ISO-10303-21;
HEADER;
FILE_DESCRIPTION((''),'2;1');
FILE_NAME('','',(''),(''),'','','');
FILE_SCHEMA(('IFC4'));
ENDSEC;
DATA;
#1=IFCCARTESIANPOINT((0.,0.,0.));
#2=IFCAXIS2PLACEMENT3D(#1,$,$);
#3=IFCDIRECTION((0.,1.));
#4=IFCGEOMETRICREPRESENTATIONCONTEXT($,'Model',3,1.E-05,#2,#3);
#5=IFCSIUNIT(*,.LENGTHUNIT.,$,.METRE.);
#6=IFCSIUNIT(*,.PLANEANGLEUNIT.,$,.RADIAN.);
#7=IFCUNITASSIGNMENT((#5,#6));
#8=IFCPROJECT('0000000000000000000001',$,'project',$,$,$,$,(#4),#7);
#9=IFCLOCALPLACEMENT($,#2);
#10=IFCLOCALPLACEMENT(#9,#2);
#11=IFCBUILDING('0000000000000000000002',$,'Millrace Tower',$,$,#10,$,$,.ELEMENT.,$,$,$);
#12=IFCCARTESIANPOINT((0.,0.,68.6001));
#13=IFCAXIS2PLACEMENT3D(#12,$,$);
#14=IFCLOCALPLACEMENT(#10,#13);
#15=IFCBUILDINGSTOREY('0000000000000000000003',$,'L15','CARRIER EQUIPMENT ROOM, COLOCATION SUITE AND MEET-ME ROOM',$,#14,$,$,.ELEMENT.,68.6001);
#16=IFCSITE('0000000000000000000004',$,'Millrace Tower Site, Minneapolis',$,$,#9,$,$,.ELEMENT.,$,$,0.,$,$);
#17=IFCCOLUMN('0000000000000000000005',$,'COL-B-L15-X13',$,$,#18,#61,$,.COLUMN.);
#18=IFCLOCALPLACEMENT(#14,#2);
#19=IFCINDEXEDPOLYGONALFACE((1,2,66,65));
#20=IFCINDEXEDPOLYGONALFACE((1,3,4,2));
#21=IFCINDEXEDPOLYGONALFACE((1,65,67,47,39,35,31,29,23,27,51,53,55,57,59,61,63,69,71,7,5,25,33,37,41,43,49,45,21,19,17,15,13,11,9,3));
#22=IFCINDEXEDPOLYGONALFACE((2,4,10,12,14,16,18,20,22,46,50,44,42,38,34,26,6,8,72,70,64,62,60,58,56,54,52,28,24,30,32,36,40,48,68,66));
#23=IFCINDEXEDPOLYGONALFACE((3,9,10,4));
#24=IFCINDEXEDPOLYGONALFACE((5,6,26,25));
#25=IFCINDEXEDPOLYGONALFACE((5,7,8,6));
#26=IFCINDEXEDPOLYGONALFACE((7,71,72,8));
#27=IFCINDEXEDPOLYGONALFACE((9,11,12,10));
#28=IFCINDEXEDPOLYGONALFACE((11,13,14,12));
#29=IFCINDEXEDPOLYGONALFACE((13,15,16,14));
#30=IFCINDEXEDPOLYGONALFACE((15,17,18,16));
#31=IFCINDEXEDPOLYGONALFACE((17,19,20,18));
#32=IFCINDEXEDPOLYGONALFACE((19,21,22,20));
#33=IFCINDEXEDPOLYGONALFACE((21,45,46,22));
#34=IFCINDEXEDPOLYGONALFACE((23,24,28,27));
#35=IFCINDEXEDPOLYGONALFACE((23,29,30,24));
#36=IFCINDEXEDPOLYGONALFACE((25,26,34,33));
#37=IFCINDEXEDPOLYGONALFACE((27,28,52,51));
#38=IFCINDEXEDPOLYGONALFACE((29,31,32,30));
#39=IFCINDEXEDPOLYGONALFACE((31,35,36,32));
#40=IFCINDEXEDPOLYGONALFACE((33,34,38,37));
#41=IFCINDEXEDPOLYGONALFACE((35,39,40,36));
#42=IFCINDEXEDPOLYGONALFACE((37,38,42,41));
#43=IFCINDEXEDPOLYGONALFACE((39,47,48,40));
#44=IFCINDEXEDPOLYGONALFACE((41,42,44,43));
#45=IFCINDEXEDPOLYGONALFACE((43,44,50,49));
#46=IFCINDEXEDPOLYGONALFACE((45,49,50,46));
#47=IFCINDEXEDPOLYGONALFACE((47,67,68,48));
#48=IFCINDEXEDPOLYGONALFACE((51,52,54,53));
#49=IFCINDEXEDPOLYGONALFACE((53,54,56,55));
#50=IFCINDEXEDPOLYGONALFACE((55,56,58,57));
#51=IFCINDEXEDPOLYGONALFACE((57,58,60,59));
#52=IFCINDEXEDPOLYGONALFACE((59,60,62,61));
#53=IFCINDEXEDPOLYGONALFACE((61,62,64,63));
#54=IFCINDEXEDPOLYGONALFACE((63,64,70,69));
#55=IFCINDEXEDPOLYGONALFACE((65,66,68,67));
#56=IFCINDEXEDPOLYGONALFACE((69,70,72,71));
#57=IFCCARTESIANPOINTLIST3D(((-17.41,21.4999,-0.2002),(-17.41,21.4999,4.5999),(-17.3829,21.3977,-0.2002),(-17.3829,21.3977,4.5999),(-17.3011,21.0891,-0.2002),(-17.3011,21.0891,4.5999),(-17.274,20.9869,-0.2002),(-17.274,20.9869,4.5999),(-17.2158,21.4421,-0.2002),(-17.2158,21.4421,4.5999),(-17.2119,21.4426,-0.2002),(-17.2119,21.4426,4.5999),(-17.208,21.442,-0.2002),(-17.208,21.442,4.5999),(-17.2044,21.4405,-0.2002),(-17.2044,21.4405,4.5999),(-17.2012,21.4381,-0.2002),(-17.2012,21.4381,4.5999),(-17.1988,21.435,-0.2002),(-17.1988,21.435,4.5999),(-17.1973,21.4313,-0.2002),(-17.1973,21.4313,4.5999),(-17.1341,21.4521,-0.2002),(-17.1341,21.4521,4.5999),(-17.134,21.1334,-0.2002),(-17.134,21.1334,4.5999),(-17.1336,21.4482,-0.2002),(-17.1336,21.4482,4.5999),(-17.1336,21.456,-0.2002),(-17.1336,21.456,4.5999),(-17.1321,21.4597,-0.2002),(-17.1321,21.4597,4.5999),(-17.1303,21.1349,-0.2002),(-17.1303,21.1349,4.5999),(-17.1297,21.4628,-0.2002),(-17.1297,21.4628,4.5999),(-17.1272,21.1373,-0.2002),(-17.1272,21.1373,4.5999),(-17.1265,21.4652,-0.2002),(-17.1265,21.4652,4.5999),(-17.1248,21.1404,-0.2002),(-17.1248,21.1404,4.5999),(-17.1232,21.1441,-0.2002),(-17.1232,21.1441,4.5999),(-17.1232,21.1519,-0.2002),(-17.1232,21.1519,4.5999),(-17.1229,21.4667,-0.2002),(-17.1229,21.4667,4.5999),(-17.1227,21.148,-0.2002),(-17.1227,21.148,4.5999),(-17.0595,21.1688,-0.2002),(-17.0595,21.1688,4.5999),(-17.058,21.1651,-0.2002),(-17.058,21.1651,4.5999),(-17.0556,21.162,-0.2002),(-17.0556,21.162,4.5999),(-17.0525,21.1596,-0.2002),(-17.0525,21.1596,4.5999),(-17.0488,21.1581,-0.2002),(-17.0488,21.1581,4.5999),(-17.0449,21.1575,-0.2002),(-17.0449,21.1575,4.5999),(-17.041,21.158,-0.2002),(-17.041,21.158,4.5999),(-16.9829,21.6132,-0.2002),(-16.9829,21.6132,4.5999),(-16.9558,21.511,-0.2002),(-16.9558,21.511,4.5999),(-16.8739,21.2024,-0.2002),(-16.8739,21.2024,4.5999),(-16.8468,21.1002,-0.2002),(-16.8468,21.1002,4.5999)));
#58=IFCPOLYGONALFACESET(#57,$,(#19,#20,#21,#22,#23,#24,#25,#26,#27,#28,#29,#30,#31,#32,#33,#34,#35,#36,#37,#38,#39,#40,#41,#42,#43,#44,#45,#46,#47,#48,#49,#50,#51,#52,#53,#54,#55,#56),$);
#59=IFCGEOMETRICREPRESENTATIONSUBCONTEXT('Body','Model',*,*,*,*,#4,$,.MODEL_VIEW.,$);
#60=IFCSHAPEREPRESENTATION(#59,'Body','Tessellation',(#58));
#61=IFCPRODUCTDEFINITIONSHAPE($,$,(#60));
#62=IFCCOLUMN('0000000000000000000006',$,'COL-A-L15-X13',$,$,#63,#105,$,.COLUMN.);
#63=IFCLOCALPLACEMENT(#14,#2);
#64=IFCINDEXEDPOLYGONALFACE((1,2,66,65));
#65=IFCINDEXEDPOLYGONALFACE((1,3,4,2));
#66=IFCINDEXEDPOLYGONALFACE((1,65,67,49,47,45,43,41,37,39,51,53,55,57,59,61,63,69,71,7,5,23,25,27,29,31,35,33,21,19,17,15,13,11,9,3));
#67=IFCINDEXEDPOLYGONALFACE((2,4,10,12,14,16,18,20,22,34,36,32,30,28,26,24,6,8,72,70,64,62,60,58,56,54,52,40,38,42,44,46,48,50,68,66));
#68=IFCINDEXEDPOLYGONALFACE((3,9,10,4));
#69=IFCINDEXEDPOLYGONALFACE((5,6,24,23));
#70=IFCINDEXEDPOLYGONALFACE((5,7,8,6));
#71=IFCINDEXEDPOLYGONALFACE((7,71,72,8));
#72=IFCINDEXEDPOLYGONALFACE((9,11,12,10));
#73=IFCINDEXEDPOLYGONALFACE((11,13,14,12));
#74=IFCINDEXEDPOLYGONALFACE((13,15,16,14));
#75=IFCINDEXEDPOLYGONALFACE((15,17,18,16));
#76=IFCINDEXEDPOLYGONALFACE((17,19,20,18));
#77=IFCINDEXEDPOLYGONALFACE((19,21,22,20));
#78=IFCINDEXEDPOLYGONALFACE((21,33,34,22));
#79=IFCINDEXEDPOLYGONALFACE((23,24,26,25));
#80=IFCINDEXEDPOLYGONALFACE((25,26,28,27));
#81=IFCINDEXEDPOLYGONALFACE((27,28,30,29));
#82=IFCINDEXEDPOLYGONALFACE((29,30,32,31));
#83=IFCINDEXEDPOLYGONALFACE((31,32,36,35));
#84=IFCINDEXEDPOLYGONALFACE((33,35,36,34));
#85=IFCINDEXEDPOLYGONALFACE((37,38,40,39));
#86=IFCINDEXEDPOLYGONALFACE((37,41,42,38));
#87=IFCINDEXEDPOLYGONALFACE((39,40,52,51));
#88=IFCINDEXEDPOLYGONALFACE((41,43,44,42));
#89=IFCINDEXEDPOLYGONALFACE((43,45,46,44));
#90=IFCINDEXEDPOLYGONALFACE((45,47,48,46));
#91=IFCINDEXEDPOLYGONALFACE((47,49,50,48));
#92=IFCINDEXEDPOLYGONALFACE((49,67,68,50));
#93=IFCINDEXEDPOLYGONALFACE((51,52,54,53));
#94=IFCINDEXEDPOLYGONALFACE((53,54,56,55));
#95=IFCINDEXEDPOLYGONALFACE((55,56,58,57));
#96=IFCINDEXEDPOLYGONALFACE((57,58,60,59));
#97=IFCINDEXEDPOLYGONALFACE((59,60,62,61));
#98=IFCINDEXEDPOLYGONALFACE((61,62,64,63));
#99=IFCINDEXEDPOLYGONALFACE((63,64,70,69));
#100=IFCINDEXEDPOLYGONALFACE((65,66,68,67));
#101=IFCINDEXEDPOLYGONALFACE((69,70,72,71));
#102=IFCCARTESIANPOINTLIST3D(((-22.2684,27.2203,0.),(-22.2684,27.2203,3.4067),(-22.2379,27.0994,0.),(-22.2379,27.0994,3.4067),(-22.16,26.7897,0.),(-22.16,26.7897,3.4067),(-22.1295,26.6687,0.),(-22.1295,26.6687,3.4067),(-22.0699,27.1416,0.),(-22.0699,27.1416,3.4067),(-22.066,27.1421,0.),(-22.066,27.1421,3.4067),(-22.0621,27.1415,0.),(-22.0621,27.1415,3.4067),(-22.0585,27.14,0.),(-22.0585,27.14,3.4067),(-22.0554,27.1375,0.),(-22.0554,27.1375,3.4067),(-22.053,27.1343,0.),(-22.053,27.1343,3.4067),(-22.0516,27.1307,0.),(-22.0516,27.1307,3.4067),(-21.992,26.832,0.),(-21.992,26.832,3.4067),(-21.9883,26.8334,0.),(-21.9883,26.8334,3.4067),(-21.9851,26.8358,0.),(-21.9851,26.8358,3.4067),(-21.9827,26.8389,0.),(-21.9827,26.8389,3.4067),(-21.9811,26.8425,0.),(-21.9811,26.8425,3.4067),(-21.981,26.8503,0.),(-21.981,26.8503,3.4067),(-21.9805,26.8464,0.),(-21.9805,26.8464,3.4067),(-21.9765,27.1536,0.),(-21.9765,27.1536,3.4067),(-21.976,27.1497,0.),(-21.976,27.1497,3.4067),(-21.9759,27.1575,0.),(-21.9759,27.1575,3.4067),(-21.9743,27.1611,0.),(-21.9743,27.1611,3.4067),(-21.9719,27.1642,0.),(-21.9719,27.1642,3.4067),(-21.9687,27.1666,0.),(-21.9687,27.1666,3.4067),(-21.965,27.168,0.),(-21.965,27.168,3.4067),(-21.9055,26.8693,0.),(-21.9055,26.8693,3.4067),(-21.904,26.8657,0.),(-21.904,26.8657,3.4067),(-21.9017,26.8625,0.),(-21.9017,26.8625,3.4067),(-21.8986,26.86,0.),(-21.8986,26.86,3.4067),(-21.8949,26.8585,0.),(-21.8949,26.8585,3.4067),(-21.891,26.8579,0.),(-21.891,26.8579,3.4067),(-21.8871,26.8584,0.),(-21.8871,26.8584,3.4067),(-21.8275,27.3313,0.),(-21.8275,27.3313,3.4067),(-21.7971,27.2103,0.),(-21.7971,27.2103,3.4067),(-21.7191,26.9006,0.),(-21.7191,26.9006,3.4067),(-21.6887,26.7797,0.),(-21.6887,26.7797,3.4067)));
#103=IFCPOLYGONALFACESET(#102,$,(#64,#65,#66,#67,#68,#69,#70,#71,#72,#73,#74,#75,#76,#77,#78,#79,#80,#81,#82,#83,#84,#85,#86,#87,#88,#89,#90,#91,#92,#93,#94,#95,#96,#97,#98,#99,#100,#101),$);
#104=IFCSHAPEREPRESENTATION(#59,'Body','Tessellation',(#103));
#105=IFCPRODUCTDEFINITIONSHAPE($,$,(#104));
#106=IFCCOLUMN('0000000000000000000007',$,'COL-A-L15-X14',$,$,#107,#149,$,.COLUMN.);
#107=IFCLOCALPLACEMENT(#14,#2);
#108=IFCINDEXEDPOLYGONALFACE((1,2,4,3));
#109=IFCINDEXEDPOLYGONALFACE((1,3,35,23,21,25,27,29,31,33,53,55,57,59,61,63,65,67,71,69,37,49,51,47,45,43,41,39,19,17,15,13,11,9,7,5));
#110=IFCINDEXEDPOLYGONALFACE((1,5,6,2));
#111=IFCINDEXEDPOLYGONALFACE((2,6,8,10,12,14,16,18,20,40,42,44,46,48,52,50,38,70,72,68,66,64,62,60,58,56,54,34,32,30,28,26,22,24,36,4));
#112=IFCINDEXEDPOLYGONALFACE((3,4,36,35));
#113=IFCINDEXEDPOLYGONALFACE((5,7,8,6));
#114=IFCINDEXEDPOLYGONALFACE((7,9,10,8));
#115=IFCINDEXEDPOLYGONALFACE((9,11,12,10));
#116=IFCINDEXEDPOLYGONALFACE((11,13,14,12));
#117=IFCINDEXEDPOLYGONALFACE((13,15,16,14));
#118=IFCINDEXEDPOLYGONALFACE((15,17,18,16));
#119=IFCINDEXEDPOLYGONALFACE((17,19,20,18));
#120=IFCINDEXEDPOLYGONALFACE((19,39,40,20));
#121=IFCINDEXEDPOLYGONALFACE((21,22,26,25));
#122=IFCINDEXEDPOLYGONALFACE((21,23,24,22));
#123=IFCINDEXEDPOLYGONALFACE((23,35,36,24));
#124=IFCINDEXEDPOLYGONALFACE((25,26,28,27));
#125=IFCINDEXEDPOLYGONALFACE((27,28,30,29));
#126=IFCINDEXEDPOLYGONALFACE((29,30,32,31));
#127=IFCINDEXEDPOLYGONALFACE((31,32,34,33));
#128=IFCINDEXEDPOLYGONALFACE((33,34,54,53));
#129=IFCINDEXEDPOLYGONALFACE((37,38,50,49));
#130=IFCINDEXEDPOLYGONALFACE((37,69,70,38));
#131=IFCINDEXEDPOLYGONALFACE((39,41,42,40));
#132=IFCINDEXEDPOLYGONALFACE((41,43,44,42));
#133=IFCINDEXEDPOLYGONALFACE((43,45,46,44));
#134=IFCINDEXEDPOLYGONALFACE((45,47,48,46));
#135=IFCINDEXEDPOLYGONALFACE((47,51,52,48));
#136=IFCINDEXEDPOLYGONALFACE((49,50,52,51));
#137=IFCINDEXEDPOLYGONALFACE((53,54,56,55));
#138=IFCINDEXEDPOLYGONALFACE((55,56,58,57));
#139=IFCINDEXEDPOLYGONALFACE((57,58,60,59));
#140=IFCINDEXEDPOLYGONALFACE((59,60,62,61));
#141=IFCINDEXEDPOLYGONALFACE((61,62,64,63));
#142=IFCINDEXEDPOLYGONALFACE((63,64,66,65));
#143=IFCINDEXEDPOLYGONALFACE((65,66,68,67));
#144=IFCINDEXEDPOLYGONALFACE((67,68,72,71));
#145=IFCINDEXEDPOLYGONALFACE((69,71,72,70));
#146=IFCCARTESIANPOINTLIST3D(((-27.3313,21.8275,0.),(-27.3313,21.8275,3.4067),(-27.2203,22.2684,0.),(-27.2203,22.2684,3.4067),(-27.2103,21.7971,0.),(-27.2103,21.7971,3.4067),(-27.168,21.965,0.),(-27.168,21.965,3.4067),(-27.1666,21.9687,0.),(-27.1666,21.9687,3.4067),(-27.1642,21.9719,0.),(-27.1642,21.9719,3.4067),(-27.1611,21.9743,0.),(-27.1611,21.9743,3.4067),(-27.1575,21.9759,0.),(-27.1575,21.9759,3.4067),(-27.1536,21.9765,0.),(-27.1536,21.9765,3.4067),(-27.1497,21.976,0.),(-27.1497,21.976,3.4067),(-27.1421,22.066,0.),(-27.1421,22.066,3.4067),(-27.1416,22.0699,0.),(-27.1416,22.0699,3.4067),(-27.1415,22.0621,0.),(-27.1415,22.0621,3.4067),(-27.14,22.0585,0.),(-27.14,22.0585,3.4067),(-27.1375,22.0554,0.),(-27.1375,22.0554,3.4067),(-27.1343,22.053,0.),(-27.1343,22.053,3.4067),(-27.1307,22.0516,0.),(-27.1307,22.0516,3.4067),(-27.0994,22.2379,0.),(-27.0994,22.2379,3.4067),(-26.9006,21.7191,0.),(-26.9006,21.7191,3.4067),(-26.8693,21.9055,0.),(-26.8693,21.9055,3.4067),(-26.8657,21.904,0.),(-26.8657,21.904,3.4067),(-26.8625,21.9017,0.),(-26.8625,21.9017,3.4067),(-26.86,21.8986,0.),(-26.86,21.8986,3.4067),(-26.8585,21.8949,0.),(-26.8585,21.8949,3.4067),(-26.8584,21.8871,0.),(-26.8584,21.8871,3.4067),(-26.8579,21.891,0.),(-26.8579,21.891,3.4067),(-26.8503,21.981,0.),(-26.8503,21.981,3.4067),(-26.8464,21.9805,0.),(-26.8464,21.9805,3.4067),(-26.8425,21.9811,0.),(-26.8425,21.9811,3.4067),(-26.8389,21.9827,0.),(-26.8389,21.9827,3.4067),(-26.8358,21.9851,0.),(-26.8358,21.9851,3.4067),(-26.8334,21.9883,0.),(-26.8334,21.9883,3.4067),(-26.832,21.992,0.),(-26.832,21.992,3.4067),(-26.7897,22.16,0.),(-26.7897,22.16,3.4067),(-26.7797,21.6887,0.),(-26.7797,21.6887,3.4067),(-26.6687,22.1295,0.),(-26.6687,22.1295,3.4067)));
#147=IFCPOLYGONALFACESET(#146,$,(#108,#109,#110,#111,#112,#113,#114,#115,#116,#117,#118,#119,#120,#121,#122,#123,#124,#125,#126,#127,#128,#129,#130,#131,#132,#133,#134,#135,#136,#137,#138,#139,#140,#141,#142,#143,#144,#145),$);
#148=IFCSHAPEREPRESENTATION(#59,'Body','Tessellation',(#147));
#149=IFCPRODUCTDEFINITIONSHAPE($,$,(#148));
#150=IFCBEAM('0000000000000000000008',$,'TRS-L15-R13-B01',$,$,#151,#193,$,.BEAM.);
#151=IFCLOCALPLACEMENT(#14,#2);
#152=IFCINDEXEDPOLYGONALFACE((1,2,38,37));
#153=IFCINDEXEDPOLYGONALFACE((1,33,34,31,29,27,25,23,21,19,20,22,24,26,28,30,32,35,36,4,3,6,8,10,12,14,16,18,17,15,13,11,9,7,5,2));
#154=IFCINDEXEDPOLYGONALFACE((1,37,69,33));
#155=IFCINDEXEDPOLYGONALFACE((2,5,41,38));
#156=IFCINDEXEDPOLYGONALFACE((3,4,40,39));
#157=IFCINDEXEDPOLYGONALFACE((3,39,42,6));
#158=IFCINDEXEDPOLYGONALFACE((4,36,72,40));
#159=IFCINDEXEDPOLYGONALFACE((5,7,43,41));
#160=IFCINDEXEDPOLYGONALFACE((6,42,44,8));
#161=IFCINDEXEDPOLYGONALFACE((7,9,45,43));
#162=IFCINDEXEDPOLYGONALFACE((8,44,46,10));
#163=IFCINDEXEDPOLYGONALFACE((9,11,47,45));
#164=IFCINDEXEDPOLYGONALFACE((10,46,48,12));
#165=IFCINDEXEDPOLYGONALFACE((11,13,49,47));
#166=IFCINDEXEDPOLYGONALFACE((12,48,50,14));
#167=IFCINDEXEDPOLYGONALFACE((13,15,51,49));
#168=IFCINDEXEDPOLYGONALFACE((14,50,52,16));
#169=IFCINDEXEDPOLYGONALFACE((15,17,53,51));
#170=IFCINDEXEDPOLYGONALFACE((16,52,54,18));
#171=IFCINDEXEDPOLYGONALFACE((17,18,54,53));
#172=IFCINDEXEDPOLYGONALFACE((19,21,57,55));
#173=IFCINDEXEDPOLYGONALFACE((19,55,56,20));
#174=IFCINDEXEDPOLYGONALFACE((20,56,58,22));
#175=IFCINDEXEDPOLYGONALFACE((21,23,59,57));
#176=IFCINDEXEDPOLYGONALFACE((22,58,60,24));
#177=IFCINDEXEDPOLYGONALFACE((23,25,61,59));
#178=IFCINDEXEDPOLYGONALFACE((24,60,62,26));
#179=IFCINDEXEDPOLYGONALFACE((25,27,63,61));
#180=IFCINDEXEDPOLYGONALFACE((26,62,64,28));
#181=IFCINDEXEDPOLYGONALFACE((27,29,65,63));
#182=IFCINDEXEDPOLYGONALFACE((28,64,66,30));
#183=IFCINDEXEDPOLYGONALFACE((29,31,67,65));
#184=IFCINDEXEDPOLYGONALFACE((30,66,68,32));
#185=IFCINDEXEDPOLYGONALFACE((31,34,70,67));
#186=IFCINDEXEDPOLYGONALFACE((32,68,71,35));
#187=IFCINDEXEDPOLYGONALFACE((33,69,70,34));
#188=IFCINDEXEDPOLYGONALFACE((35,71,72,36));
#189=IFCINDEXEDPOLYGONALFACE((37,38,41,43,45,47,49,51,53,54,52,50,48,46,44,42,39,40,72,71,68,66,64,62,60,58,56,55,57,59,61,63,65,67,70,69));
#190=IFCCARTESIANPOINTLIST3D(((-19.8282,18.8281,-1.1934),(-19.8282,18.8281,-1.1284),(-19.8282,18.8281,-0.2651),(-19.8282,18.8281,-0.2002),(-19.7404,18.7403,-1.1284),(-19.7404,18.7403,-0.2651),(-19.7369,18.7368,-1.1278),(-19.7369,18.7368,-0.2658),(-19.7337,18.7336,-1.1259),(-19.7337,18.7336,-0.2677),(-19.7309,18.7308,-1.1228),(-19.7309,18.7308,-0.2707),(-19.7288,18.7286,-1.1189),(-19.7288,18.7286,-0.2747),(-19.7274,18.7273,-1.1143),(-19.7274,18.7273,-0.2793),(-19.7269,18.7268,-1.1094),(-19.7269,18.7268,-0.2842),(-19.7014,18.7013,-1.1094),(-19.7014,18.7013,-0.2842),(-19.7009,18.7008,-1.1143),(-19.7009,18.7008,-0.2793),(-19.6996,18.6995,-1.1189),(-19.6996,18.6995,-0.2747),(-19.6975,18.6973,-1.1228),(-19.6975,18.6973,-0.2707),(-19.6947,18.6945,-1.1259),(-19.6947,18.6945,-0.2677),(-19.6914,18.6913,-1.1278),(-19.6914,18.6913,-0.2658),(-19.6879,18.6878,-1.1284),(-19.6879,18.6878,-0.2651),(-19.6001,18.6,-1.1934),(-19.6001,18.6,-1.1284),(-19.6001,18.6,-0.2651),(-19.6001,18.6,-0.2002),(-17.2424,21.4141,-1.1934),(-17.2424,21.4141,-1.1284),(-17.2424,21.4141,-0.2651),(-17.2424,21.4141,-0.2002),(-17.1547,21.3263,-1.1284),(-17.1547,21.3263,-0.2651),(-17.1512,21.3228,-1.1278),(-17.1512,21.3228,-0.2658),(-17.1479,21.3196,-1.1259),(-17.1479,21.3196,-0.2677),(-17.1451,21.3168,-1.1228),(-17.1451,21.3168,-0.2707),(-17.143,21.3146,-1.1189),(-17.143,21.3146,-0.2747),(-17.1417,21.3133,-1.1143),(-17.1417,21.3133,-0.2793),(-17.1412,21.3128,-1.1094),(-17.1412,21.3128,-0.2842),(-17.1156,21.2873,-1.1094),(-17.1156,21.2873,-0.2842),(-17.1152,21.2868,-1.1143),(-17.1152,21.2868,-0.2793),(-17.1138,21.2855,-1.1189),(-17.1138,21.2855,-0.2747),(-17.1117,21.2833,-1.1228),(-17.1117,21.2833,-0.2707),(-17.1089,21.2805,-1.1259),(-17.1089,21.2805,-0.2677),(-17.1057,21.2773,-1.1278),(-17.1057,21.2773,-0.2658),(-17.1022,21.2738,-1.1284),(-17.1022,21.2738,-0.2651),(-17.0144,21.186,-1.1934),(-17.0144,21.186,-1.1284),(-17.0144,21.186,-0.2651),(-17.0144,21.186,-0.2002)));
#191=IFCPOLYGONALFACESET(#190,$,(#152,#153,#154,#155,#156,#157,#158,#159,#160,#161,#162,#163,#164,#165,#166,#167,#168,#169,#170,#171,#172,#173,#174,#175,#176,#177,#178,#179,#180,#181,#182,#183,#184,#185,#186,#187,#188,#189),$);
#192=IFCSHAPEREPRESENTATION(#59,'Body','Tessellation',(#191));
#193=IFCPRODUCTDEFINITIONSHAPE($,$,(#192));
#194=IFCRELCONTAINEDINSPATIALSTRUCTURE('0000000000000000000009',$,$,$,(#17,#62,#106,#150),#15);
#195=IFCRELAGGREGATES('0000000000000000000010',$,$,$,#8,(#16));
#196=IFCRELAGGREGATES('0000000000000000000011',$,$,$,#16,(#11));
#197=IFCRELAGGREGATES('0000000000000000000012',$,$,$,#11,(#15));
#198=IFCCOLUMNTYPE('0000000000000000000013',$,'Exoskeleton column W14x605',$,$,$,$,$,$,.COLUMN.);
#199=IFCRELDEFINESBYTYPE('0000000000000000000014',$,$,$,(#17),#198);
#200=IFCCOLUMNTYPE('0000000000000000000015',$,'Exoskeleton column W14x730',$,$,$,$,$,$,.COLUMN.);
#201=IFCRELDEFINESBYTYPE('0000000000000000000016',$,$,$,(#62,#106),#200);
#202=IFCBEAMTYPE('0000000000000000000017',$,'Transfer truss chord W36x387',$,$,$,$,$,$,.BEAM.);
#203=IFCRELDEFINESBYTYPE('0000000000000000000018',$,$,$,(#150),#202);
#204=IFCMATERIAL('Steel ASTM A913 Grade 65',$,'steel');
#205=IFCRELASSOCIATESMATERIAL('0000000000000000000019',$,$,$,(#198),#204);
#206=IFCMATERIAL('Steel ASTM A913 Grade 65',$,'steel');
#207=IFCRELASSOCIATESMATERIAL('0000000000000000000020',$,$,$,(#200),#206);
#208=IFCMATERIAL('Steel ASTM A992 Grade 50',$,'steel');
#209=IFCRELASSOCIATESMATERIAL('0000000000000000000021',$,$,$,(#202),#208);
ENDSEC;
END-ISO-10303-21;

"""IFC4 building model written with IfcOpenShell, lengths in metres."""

from ifc_helpers import new_model, si_unit, direction, frame, origin, origin_2d, place, context, subcontext, project, spatial, i_section, extrude, material, material_profile, profile_set, type_object, element, save


model = new_model("IFC4")

# Units and contexts
model_context = context("Model", 3, precision=1e-05, world=origin(), true_north=direction((0.0, 1.0)))
body_context = subcontext(model_context, "Body", "Model", "MODEL_VIEW")
ifc_project = project(units=[si_unit("LENGTHUNIT", "METRE"), si_unit("PLANEANGLEUNIT", "RADIAN")], contexts=[model_context])

# Site, building, storey
site_placement = place(None, origin())
site = spatial("IfcSite", under=ifc_project, at=site_placement, Name="Millrace Tower Site, Minneapolis", CompositionType="ELEMENT", RefElevation=0.0)
building_placement = place(site_placement, origin())
building = spatial("IfcBuilding", under=site, at=building_placement, Name="Millrace Tower", CompositionType="ELEMENT")
storey_placement = place(building_placement, frame((0.0, 0.0, 68.6001)))
storey = spatial("IfcBuildingStorey", under=building, at=storey_placement, Name="L15", Description="CARRIER EQUIPMENT ROOM, COLOCATION SUITE AND MEET-ME ROOM", CompositionType="ELEMENT", Elevation=68.6001)

# Columns
ifc_material_1 = material(Name="Steel ASTM A913 Grade 65", Category="steel")
ifc_material_profile_1 = material_profile(ifc_material_1, i_section(OverallWidth=0.4419, OverallDepth=0.5308, WebThickness=0.0659, FlangeThickness=0.1057, FilletRadius=0.0151, at=origin_2d()))
ifc_profile_set_1 = profile_set([ifc_material_profile_1], Name="Steel ASTM A913 Grade 65")
column_type_1 = type_object("IfcColumnType", Name="Exoskeleton column W14x605", PredefinedType="COLUMN", material=ifc_profile_set_1)
column_placement = place(storey_placement, frame((-17.1284, 21.3, -0.2002), z_axis=(0.0, 0.0, 1.0), x_axis=(-0.966585, -0.256347, 0.0)))
element("IfcColumn", 1, at=column_placement, inside=storey, type_object=column_type_1, Name="COL-B-L15-X13", PredefinedType="COLUMN", context=body_context, shape_type="SweptSolid", body=[
    extrude(i_section(OverallWidth=0.4419, OverallDepth=0.5308, WebThickness=0.0659, FlangeThickness=0.1057, FilletRadius=0.0151, at=origin_2d()), origin(), (0.0, 0.0, 1.0), 4.8),
])
ifc_material_2 = material(Name="Steel ASTM A913 Grade 65", Category="steel")
ifc_material_profile_2 = material_profile(ifc_material_2, i_section(OverallWidth=0.4546, OverallDepth=0.5688, WebThickness=0.0779, FlangeThickness=0.1248, FilletRadius=0.0151, at=origin_2d()))
ifc_profile_set_2 = profile_set([ifc_material_profile_2], Name="Steel ASTM A913 Grade 65")
column_type_2 = type_object("IfcColumnType", Name="Exoskeleton column W14x730", PredefinedType="COLUMN", material=ifc_profile_set_2)
for number, where, z_axis, x_axis, name in (
    (2, (-21.9785, 27.0, 0.0), (0.0, 0.0, 1.0), (-0.969752, -0.244094, 0.0), "COL-A-L15-X13"),
    (3, (-27.0, 21.9785, 0.0), (0.0, 0.0, 1.0), (-0.244094, -0.969752, 0.0), "COL-A-L15-X14"),
):
    element("IfcColumn", number, at=place(storey_placement, frame(where, z_axis=z_axis, x_axis=x_axis)), inside=storey, type_object=column_type_2, Name=name, PredefinedType="COLUMN", context=body_context, shape_type="SweptSolid", body=[
        extrude(i_section(OverallWidth=0.4546, OverallDepth=0.5688, WebThickness=0.0779, FlangeThickness=0.1248, FilletRadius=0.0151, at=origin_2d()), origin(), (0.0, 0.0, 1.0), 3.4067),
    ])

# Beam
ifc_material_3 = material(Name="Steel ASTM A992 Grade 50", Category="steel")
ifc_material_profile_3 = material_profile(ifc_material_3, i_section(OverallWidth=0.3225, OverallDepth=0.9932, WebThickness=0.0361, FlangeThickness=0.0649, FilletRadius=0.019, at=origin_2d()))
ifc_profile_set_3 = profile_set([ifc_material_profile_3], Name="Steel ASTM A992 Grade 50")
beam_type = type_object("IfcBeamType", Name="Transfer truss chord W36x387", PredefinedType="BEAM", material=ifc_profile_set_3)
for number, where, z_axis, x_axis, name in (
    (4, (-17.1284, 21.3, -0.6968), (-0.707073, -0.70714, 0.0), (0.70714, -0.707073, 0.0), "TRS-L15-R13-B01"),
):
    element("IfcBeam", number, at=place(storey_placement, frame(where, z_axis=z_axis, x_axis=x_axis)), inside=storey, type_object=beam_type, Name=name, PredefinedType="BEAM", context=body_context, shape_type="SweptSolid", body=[
        extrude(i_section(OverallWidth=0.3225, OverallDepth=0.9932, WebThickness=0.0361, FlangeThickness=0.0649, FilletRadius=0.019, at=origin_2d()), origin(), (0.0, 0.0, 1.0), 3.657),
    ])

save(model, "model.ifc")
